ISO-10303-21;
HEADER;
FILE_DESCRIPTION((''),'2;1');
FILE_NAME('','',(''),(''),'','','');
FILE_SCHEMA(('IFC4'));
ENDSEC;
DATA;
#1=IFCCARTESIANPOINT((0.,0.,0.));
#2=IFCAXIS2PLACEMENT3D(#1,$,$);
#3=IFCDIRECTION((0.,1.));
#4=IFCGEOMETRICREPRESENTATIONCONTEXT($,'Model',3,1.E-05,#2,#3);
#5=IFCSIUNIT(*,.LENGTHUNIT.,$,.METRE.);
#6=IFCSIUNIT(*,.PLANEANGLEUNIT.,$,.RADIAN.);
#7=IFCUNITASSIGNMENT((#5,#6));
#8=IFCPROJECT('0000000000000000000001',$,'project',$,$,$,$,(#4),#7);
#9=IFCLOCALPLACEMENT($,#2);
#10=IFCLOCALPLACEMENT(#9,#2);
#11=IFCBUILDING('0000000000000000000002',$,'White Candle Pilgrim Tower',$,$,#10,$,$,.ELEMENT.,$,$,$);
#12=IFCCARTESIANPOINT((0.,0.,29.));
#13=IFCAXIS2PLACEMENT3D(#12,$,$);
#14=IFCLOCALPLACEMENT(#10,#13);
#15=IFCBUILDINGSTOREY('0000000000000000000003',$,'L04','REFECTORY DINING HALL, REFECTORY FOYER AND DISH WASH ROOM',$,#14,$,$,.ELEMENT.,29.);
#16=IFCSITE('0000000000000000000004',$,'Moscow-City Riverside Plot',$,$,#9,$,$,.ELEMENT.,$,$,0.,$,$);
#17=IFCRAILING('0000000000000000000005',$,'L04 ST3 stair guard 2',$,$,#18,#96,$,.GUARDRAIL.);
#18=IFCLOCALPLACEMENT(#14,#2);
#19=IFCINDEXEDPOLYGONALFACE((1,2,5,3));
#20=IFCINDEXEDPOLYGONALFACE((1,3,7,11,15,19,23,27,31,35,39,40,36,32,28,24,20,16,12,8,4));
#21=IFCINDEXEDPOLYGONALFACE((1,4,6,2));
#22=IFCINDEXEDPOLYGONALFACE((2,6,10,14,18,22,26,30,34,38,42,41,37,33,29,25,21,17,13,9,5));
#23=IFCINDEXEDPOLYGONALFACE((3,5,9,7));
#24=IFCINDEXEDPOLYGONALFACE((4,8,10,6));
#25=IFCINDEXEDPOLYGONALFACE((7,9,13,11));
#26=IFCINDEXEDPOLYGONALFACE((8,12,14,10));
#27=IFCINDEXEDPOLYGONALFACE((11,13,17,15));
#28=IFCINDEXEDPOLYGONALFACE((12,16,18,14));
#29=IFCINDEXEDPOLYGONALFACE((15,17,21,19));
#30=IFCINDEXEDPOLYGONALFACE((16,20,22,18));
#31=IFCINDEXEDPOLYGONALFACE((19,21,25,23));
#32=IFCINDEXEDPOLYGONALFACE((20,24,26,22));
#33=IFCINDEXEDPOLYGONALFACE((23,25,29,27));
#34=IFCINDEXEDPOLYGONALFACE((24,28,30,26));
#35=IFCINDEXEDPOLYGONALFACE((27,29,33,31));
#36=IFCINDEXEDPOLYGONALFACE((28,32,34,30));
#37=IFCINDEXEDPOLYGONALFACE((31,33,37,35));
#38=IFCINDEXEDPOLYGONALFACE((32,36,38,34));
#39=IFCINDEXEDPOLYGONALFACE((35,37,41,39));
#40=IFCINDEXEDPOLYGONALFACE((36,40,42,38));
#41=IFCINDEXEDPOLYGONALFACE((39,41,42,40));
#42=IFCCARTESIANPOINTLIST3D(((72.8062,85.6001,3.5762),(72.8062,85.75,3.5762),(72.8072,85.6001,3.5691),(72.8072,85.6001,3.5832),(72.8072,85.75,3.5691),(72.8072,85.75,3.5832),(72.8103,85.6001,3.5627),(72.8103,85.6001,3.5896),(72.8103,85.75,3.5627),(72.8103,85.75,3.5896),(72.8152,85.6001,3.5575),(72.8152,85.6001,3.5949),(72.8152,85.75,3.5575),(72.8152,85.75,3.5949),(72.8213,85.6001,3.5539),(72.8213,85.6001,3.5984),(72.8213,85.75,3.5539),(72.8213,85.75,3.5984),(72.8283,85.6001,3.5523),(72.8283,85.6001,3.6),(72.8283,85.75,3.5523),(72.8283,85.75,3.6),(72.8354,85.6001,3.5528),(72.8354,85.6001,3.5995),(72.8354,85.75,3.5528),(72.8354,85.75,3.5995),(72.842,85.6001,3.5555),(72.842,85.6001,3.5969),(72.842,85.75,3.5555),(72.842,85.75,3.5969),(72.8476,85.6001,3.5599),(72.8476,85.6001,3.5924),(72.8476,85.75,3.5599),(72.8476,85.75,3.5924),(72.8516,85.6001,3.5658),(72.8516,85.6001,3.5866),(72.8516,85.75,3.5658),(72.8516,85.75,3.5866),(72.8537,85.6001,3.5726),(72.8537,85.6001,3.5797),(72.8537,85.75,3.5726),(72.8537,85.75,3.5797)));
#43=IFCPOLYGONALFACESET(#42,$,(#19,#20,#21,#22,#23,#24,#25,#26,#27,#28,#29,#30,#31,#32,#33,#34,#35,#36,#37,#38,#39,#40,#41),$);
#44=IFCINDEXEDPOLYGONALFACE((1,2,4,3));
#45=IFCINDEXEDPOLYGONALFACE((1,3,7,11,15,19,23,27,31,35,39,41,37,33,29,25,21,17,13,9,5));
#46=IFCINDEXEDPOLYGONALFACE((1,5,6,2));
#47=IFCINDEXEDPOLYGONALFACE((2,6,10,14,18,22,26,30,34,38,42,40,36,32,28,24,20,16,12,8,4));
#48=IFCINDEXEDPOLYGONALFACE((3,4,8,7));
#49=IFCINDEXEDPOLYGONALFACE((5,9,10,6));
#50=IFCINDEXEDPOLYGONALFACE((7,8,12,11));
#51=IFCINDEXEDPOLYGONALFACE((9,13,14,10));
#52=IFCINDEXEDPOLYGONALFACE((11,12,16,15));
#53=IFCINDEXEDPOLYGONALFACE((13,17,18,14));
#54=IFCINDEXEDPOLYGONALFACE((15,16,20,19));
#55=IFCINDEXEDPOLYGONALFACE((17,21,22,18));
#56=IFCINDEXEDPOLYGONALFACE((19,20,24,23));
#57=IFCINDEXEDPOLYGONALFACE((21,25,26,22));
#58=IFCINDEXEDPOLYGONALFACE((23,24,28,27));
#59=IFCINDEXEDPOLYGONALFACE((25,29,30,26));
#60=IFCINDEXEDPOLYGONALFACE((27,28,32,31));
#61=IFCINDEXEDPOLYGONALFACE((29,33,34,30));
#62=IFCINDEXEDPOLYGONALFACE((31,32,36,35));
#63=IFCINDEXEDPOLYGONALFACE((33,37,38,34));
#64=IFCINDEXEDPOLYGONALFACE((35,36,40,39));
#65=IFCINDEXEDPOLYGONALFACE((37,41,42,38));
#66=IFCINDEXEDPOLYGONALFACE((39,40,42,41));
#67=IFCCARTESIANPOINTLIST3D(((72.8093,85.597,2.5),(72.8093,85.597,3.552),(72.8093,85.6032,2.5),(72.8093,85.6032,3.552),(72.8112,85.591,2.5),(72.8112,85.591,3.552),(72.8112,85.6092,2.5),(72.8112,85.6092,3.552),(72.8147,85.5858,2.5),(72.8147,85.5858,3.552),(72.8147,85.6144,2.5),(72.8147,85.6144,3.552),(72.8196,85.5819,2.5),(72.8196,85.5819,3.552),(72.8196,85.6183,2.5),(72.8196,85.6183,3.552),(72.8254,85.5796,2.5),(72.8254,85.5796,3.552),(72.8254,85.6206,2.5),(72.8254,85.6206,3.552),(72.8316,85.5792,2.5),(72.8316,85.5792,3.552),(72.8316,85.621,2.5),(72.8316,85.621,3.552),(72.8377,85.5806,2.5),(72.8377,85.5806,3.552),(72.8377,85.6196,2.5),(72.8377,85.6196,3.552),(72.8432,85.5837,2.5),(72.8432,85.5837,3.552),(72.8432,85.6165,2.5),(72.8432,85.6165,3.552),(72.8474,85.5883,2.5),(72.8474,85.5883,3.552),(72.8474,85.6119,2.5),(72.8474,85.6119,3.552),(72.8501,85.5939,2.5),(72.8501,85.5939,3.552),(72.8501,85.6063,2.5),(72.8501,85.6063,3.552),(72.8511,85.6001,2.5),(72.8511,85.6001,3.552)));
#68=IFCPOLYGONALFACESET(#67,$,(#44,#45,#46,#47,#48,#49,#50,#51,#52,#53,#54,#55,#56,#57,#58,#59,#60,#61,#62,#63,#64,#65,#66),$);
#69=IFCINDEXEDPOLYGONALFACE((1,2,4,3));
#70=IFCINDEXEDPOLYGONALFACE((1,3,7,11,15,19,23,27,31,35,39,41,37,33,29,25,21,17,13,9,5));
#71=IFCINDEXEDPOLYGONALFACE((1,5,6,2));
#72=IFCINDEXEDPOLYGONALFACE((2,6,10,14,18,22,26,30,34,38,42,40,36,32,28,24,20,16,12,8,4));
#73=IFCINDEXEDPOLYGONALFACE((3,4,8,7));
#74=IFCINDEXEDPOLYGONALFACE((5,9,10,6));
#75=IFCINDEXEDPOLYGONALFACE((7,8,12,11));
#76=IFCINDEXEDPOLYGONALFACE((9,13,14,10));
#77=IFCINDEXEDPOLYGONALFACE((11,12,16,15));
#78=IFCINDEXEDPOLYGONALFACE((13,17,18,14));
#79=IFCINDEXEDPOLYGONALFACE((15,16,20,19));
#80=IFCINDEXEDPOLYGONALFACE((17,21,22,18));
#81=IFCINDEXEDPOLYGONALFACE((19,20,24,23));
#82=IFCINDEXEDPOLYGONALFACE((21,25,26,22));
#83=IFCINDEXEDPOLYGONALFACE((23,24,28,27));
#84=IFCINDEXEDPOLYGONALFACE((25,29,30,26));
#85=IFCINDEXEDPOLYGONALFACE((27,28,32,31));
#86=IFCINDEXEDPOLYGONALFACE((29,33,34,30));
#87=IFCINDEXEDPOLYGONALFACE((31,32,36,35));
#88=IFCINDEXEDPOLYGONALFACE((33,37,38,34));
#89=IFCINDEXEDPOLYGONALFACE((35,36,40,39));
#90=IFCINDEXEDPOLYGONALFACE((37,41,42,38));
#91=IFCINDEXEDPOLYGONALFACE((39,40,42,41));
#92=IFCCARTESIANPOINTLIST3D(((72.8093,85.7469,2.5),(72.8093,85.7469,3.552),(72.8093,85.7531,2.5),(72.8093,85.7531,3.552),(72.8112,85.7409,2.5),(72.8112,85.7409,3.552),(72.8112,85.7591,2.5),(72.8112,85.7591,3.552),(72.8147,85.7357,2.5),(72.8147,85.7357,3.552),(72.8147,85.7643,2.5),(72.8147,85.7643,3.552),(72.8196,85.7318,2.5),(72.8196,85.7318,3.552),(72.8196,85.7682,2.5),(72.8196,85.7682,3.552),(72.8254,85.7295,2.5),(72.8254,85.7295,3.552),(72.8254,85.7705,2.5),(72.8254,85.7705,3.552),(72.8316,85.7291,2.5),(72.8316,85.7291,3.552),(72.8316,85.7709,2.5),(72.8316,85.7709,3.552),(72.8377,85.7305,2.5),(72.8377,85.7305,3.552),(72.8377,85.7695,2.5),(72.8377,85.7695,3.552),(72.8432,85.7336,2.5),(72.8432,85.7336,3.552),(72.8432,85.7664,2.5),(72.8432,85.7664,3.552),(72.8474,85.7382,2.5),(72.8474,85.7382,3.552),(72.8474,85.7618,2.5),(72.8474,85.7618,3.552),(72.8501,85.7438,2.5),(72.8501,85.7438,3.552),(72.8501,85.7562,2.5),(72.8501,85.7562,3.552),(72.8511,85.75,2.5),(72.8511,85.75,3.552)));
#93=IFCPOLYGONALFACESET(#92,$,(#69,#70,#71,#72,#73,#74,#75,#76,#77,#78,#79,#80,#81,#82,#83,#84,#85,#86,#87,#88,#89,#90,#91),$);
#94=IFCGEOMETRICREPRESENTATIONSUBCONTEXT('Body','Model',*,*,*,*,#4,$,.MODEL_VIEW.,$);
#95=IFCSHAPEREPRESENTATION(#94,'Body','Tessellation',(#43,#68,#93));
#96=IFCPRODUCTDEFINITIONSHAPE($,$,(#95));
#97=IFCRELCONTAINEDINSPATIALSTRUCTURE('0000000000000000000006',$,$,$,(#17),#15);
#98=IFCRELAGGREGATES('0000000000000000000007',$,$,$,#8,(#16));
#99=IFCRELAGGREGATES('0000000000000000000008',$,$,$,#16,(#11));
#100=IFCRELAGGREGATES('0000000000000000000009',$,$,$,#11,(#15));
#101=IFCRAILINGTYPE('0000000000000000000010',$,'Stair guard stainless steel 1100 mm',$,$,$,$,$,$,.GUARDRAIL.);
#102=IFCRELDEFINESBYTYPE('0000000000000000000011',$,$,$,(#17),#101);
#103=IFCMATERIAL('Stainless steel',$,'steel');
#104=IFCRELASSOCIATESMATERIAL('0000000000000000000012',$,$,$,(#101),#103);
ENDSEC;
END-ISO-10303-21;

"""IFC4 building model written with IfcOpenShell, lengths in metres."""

from ifc_helpers import new_model, si_unit, direction, frame, origin, origin_2d, place, context, subcontext, project, spatial, circle, extrude, material, type_object, element, save


model = new_model("IFC4")

# Units and contexts
model_context = context("Model", 3, precision=1e-05, world=origin(), true_north=direction((0.0, 1.0)))
body_context = subcontext(model_context, "Body", "Model", "MODEL_VIEW")
ifc_project = project(units=[si_unit("LENGTHUNIT", "METRE"), si_unit("PLANEANGLEUNIT", "RADIAN")], contexts=[model_context])

# Site, building, storey
site_placement = place(None, origin())
site = spatial("IfcSite", under=ifc_project, at=site_placement, Name="Moscow-City Riverside Plot", CompositionType="ELEMENT", RefElevation=0.0)
building_placement = place(site_placement, origin())
building = spatial("IfcBuilding", under=site, at=building_placement, Name="White Candle Pilgrim Tower", CompositionType="ELEMENT")
storey_placement = place(building_placement, frame((0.0, 0.0, 29.0)))
storey = spatial("IfcBuildingStorey", under=building, at=storey_placement, Name="L04", Description="REFECTORY DINING HALL, REFECTORY FOYER AND DISH WASH ROOM", CompositionType="ELEMENT", Elevation=29.0)

# Railing
ifc_material_1 = material(Name="Stainless steel", Category="steel")
railing_type_1 = type_object("IfcRailingType", Name="Stair guard stainless steel 1100 mm", PredefinedType="GUARDRAIL", material=ifc_material_1)
railing_1_placement = place(storey_placement, frame((72.8301, 85.6001, 2.5)))
element("IfcRailing", 1, at=railing_1_placement, inside=storey, type_object=railing_type_1, Name="L04 ST3 stair guard 2", PredefinedType="GUARDRAIL", context=body_context, shape_type="SweptSolid", body=[
    extrude(circle(Radius=0.0239, at=origin_2d()), frame((0.0, 0.0, 1.0762), z_axis=(0.0, 1.0, 0.0), x_axis=(-1.0, 0.0, 0.0)), (0.0, 0.0, 1.0), 0.1499),
    extrude(circle(Radius=0.021, at=origin_2d()), origin(), (0.0, 0.0, 1.0), 1.052),
    extrude(circle(Radius=0.021, at=origin_2d()), frame((0.0, 0.1499, 0.0)), (0.0, 0.0, 1.0), 1.052),
])

save(model, "model.ifc")
